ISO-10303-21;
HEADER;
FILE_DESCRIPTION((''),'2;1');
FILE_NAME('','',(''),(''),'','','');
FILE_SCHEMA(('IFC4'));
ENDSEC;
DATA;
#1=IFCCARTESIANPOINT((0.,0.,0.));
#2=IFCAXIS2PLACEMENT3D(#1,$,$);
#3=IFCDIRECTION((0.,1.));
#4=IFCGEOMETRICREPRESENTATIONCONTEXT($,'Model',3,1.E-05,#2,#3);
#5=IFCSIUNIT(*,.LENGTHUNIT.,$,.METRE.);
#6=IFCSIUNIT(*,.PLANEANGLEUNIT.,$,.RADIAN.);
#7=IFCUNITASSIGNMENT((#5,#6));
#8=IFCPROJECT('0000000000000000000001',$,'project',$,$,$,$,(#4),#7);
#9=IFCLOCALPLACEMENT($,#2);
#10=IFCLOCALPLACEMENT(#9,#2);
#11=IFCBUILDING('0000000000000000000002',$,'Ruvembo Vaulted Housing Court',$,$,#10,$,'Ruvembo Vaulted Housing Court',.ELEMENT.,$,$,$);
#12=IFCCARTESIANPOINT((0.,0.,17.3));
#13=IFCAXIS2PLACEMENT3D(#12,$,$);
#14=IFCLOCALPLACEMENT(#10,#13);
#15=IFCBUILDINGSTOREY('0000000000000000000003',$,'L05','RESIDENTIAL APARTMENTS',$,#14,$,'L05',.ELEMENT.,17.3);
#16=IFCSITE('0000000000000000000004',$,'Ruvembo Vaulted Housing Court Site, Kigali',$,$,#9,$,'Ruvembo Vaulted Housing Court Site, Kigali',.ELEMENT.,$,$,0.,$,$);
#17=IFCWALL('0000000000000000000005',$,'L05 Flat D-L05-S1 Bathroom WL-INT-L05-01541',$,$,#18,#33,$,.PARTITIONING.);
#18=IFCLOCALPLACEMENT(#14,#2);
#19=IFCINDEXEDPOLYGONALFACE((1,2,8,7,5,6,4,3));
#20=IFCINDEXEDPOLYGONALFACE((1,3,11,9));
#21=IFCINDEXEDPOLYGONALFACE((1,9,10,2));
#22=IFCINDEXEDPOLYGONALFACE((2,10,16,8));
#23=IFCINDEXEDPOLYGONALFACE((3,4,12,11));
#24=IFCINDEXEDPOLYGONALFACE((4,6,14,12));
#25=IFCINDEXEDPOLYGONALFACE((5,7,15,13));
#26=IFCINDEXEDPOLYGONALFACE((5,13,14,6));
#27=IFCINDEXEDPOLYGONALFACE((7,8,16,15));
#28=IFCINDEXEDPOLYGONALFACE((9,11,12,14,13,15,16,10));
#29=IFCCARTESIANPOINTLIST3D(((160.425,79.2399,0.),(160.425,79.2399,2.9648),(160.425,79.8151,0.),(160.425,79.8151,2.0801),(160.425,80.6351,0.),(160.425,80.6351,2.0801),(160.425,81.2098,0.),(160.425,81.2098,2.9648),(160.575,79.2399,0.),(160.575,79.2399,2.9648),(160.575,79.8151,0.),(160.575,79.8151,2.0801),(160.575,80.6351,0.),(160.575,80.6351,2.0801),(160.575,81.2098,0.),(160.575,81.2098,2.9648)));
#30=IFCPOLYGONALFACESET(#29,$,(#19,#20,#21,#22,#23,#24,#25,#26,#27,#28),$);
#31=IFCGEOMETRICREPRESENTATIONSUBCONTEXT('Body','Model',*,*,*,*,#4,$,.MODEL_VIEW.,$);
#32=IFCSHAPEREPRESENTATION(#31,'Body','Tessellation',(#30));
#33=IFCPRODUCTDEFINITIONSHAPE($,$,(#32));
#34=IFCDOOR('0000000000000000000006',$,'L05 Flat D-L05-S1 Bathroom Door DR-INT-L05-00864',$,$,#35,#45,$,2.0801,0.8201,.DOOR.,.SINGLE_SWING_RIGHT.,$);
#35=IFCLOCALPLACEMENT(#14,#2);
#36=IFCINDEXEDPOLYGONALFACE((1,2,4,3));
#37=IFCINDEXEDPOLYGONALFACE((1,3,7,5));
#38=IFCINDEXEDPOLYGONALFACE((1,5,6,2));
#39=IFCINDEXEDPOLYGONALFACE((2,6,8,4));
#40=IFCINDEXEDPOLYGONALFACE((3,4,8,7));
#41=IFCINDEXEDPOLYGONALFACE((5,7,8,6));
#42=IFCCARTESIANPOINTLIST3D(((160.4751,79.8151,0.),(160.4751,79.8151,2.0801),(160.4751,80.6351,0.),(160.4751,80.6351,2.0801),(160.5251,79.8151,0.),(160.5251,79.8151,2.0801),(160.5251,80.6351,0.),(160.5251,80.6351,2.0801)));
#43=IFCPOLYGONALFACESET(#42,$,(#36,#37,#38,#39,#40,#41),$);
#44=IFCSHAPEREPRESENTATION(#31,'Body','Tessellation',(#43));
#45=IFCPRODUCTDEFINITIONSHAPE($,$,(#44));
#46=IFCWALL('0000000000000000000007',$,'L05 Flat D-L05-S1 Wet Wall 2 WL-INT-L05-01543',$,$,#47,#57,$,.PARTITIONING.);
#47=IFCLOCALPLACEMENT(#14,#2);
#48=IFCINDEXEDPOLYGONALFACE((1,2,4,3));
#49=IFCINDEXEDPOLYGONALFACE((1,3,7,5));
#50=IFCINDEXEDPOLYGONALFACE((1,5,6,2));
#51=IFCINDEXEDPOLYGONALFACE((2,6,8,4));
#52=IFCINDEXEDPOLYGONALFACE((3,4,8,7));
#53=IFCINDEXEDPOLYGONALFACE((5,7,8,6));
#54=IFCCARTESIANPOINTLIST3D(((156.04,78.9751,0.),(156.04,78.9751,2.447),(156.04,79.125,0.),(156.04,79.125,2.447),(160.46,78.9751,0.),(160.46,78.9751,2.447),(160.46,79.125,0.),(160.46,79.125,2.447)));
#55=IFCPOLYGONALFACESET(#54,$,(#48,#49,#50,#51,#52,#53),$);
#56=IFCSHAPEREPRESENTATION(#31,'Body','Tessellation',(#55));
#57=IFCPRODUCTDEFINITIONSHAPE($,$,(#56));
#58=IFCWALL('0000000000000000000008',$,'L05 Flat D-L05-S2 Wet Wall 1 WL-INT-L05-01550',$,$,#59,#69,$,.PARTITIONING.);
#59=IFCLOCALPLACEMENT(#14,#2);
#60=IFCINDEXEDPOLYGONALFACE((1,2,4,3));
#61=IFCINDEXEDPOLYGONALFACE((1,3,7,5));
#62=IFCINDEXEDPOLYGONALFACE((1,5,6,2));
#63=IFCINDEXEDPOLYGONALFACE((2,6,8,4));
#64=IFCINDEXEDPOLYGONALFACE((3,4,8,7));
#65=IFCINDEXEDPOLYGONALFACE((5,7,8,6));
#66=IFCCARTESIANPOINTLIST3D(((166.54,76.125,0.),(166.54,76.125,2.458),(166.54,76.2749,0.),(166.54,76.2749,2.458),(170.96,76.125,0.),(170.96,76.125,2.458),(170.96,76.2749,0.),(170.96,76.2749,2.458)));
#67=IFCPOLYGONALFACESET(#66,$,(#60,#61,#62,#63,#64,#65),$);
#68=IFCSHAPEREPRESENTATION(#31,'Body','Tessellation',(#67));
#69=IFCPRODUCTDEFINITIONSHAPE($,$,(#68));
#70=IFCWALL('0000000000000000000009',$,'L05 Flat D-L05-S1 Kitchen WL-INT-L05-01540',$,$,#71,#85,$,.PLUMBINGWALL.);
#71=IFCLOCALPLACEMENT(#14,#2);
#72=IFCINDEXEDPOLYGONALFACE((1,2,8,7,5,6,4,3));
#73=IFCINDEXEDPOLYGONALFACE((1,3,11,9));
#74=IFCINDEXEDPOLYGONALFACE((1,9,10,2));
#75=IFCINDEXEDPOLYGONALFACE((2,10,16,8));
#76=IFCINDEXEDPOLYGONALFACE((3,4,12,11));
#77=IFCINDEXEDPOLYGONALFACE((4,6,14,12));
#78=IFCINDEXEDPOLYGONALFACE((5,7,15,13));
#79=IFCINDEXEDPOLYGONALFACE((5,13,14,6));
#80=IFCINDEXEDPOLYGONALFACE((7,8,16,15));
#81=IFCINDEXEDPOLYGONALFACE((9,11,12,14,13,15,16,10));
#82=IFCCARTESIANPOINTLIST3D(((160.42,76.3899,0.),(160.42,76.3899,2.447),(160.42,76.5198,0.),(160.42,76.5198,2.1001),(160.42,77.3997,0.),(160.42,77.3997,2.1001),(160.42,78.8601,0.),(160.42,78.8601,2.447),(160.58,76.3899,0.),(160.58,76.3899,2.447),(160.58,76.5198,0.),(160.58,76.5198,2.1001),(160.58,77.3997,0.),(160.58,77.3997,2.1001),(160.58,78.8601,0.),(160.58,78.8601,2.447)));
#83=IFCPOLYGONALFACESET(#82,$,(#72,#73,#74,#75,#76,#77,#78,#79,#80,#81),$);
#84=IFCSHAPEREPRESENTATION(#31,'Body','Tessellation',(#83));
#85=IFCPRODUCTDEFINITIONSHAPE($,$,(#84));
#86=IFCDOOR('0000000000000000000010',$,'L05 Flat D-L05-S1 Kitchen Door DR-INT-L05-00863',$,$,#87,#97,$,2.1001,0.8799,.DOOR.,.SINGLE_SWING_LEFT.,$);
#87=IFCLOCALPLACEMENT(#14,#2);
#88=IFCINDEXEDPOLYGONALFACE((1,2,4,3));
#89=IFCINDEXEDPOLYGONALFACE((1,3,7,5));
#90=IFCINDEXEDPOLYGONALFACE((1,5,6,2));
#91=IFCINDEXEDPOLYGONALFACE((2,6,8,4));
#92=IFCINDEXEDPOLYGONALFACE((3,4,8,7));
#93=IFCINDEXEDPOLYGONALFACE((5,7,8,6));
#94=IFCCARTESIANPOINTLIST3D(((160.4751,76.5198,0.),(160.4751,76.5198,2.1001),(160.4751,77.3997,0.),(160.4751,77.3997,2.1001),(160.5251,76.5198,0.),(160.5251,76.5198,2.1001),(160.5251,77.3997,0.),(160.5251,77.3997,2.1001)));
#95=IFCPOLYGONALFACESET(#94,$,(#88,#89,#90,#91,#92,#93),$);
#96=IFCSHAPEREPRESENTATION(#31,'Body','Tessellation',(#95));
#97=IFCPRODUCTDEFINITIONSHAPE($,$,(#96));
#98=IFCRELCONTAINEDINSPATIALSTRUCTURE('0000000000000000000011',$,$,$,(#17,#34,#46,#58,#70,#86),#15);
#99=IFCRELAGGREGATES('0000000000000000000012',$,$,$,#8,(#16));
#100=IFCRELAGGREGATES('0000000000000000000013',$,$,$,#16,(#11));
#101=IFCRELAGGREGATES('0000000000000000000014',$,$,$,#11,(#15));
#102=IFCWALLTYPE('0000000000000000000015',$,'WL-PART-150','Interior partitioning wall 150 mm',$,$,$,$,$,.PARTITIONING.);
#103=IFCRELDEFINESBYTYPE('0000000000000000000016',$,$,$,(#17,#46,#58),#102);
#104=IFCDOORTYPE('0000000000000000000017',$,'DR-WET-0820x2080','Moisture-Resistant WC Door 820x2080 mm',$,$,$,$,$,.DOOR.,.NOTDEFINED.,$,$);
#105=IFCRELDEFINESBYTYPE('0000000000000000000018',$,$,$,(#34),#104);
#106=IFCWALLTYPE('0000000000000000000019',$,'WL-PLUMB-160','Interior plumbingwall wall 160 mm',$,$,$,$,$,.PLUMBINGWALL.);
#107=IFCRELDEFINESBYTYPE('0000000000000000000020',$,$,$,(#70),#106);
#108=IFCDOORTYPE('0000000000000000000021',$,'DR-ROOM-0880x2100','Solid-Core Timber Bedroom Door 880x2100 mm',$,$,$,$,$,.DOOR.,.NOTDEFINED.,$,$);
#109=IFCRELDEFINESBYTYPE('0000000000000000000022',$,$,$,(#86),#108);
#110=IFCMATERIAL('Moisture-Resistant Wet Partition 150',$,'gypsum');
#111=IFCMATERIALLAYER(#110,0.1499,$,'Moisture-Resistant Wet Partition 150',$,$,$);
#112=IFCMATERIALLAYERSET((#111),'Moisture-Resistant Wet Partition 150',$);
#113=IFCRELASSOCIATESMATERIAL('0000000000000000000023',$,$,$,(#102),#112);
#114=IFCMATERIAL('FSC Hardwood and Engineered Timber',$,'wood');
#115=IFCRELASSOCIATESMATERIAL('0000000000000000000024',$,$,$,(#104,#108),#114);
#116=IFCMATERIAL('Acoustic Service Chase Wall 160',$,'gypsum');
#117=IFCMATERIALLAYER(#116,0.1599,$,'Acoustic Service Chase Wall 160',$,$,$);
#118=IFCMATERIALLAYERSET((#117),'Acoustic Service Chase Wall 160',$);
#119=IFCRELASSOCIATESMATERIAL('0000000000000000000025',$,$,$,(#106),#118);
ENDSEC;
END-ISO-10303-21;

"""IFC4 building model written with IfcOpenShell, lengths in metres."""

from ifc_helpers import new_model, si_unit, direction, frame, frame_2d, origin, place, context, subcontext, project, spatial, rectangle, extrude, material, layer, layer_set, type_object, element, fill, save


model = new_model("IFC4")

# Units and contexts
model_context = context("Model", 3, precision=1e-05, world=origin(), true_north=direction((0.0, 1.0)))
body_context = subcontext(model_context, "Body", "Model", "MODEL_VIEW")
ifc_project = project(units=[si_unit("LENGTHUNIT", "METRE"), si_unit("PLANEANGLEUNIT", "RADIAN")], contexts=[model_context])

# Site, building, storey
site_placement = place(None, origin())
site = spatial("IfcSite", under=ifc_project, at=site_placement, Name="Ruvembo Vaulted Housing Court Site, Kigali", LongName="Ruvembo Vaulted Housing Court Site, Kigali", CompositionType="ELEMENT", RefElevation=0.0)
building_placement = place(site_placement, origin())
building = spatial("IfcBuilding", under=site, at=building_placement, Name="Ruvembo Vaulted Housing Court", LongName="Ruvembo Vaulted Housing Court", CompositionType="ELEMENT")
storey_placement = place(building_placement, frame((0.0, 0.0, 17.3)))
storey = spatial("IfcBuildingStorey", under=building, at=storey_placement, Name="L05", Description="RESIDENTIAL APARTMENTS", LongName="L05", CompositionType="ELEMENT", Elevation=17.3)

# Wall, opening, door
ifc_material_1 = material(Name="FSC Hardwood and Engineered Timber", Category="wood")
ifc_material_2 = material(Name="Moisture-Resistant Wet Partition 150", Category="gypsum")
ifc_layer_1 = layer(ifc_material_2, 0.1499, Name="Moisture-Resistant Wet Partition 150")
ifc_layer_set_1 = layer_set([ifc_layer_1], Name="Moisture-Resistant Wet Partition 150")
wall_type_1 = type_object("IfcWallType", Name="WL-PART-150", Description="Interior partitioning wall 150 mm", PredefinedType="PARTITIONING", material=ifc_layer_set_1)
wall_1_placement = place(storey_placement, frame((160.5, 79.24, 0.0), z_axis=(0.0, 0.0, 1.0), x_axis=(0.0, 1.0, 0.0)))
wall_1 = element("IfcWall", 1, at=wall_1_placement, inside=storey, type_object=wall_type_1, Name="L05 Flat D-L05-S1 Bathroom WL-INT-L05-01541", PredefinedType="PARTITIONING", context=body_context, shape_type="SweptSolid", body=[
    extrude(rectangle(XDim=1.97, YDim=0.1499, at=frame_2d((0.9849, 0.0))), origin(), (0.0, 0.0, 1.0), 2.9648),
])
opening_1_placement = place(wall_1_placement, frame((0.575, 0.0, 0.0)))
opening_1 = element("IfcOpeningElement", 2, at=opening_1_placement, cuts=wall_1, PredefinedType="OPENING", context=body_context, shape_type="SweptSolid", body=[
    extrude(rectangle(XDim=0.8201, YDim=2.0801, at=frame_2d((0.4102, 1.04))), frame((0.0, 0.085, 0.0), z_axis=(0.0, -1.0, 0.0), x_axis=(1.0, 0.0, 0.0)), (0.0, 0.0, 1.0), 0.1699),
])
door_type_1 = type_object("IfcDoorType", Name="DR-WET-0820x2080", Description="Moisture-Resistant WC Door 820x2080 mm", OperationType="NOTDEFINED", PredefinedType="DOOR", material=ifc_material_1)
door_1_placement = place(opening_1_placement, origin())
door_1 = element("IfcDoor", 3, at=door_1_placement, inside=storey, type_object=door_type_1, Name="L05 Flat D-L05-S1 Bathroom Door DR-INT-L05-00864", OperationType="SINGLE_SWING_RIGHT", OverallHeight=2.0801, OverallWidth=0.8201, PredefinedType="DOOR", context=body_context, shape_type="SweptSolid", body=[
    extrude(rectangle(XDim=0.8201, YDim=2.0801, at=frame_2d((0.4102, 1.04))), frame((0.0, 0.0249, 0.0), z_axis=(0.0, -1.0, 0.0), x_axis=(1.0, 0.0, 0.0)), (0.0, 0.0, 1.0), 0.05),
])
fill(opening_1, door_1)

# Walls
wall_2_placement = place(storey_placement, frame((156.04, 79.05, 0.0), z_axis=(0.0, 0.0, 1.0), x_axis=(1.0, 0.0, 0.0)))
element("IfcWall", 4, at=wall_2_placement, inside=storey, type_object=wall_type_1, Name="L05 Flat D-L05-S1 Wet Wall 2 WL-INT-L05-01543", PredefinedType="PARTITIONING", context=body_context, shape_type="SweptSolid", body=[
    extrude(rectangle(XDim=4.4199, YDim=0.1499, at=frame_2d((2.21, 0.0))), origin(), (0.0, 0.0, 1.0), 2.447),
])
wall_3_placement = place(storey_placement, frame((166.54, 76.2, 0.0), z_axis=(0.0, 0.0, 1.0), x_axis=(1.0, 0.0, 0.0)))
element("IfcWall", 5, at=wall_3_placement, inside=storey, type_object=wall_type_1, Name="L05 Flat D-L05-S2 Wet Wall 1 WL-INT-L05-01550", PredefinedType="PARTITIONING", context=body_context, shape_type="SweptSolid", body=[
    extrude(rectangle(XDim=4.4199, YDim=0.1499, at=frame_2d((2.21, 0.0))), origin(), (0.0, 0.0, 1.0), 2.458),
])

# Wall, opening, door
ifc_material_3 = material(Name="Acoustic Service Chase Wall 160", Category="gypsum")
ifc_layer_2 = layer(ifc_material_3, 0.1599, Name="Acoustic Service Chase Wall 160")
ifc_layer_set_2 = layer_set([ifc_layer_2], Name="Acoustic Service Chase Wall 160")
wall_type_2 = type_object("IfcWallType", Name="WL-PLUMB-160", Description="Interior plumbingwall wall 160 mm", PredefinedType="PLUMBINGWALL", material=ifc_layer_set_2)
wall_4_placement = place(storey_placement, frame((160.5, 76.3899, 0.0), z_axis=(0.0, 0.0, 1.0), x_axis=(0.0, 1.0, 0.0)))
wall_4 = element("IfcWall", 6, at=wall_4_placement, inside=storey, type_object=wall_type_2, Name="L05 Flat D-L05-S1 Kitchen WL-INT-L05-01540", PredefinedType="PLUMBINGWALL", context=body_context, shape_type="SweptSolid", body=[
    extrude(rectangle(XDim=2.4702, YDim=0.1599, at=frame_2d((1.2351, 0.0))), origin(), (0.0, 0.0, 1.0), 2.447),
])
opening_2_placement = place(wall_4_placement, frame((0.1299, 0.0, 0.0)))
opening_2 = element("IfcOpeningElement", 7, at=opening_2_placement, cuts=wall_4, PredefinedType="OPENING", context=body_context, shape_type="SweptSolid", body=[
    extrude(rectangle(XDim=0.8799, YDim=2.1001, at=frame_2d((0.4399, 1.05))), frame((0.0, 0.0898, 0.0), z_axis=(0.0, -1.0, 0.0), x_axis=(1.0, 0.0, 0.0)), (0.0, 0.0, 1.0), 0.1799),
])
door_type_2 = type_object("IfcDoorType", Name="DR-ROOM-0880x2100", Description="Solid-Core Timber Bedroom Door 880x2100 mm", OperationType="NOTDEFINED", PredefinedType="DOOR", material=ifc_material_1)
door_2_placement = place(opening_2_placement, origin())
door_2 = element("IfcDoor", 8, at=door_2_placement, inside=storey, type_object=door_type_2, Name="L05 Flat D-L05-S1 Kitchen Door DR-INT-L05-00863", OperationType="SINGLE_SWING_LEFT", OverallHeight=2.1001, OverallWidth=0.8799, PredefinedType="DOOR", context=body_context, shape_type="SweptSolid", body=[
    extrude(rectangle(XDim=0.8799, YDim=2.1001, at=frame_2d((0.4399, 1.05))), frame((0.0, 0.0249, 0.0), z_axis=(0.0, -1.0, 0.0), x_axis=(1.0, 0.0, 0.0)), (0.0, 0.0, 1.0), 0.05),
])
fill(opening_2, door_2)

save(model, "model.ifc")
